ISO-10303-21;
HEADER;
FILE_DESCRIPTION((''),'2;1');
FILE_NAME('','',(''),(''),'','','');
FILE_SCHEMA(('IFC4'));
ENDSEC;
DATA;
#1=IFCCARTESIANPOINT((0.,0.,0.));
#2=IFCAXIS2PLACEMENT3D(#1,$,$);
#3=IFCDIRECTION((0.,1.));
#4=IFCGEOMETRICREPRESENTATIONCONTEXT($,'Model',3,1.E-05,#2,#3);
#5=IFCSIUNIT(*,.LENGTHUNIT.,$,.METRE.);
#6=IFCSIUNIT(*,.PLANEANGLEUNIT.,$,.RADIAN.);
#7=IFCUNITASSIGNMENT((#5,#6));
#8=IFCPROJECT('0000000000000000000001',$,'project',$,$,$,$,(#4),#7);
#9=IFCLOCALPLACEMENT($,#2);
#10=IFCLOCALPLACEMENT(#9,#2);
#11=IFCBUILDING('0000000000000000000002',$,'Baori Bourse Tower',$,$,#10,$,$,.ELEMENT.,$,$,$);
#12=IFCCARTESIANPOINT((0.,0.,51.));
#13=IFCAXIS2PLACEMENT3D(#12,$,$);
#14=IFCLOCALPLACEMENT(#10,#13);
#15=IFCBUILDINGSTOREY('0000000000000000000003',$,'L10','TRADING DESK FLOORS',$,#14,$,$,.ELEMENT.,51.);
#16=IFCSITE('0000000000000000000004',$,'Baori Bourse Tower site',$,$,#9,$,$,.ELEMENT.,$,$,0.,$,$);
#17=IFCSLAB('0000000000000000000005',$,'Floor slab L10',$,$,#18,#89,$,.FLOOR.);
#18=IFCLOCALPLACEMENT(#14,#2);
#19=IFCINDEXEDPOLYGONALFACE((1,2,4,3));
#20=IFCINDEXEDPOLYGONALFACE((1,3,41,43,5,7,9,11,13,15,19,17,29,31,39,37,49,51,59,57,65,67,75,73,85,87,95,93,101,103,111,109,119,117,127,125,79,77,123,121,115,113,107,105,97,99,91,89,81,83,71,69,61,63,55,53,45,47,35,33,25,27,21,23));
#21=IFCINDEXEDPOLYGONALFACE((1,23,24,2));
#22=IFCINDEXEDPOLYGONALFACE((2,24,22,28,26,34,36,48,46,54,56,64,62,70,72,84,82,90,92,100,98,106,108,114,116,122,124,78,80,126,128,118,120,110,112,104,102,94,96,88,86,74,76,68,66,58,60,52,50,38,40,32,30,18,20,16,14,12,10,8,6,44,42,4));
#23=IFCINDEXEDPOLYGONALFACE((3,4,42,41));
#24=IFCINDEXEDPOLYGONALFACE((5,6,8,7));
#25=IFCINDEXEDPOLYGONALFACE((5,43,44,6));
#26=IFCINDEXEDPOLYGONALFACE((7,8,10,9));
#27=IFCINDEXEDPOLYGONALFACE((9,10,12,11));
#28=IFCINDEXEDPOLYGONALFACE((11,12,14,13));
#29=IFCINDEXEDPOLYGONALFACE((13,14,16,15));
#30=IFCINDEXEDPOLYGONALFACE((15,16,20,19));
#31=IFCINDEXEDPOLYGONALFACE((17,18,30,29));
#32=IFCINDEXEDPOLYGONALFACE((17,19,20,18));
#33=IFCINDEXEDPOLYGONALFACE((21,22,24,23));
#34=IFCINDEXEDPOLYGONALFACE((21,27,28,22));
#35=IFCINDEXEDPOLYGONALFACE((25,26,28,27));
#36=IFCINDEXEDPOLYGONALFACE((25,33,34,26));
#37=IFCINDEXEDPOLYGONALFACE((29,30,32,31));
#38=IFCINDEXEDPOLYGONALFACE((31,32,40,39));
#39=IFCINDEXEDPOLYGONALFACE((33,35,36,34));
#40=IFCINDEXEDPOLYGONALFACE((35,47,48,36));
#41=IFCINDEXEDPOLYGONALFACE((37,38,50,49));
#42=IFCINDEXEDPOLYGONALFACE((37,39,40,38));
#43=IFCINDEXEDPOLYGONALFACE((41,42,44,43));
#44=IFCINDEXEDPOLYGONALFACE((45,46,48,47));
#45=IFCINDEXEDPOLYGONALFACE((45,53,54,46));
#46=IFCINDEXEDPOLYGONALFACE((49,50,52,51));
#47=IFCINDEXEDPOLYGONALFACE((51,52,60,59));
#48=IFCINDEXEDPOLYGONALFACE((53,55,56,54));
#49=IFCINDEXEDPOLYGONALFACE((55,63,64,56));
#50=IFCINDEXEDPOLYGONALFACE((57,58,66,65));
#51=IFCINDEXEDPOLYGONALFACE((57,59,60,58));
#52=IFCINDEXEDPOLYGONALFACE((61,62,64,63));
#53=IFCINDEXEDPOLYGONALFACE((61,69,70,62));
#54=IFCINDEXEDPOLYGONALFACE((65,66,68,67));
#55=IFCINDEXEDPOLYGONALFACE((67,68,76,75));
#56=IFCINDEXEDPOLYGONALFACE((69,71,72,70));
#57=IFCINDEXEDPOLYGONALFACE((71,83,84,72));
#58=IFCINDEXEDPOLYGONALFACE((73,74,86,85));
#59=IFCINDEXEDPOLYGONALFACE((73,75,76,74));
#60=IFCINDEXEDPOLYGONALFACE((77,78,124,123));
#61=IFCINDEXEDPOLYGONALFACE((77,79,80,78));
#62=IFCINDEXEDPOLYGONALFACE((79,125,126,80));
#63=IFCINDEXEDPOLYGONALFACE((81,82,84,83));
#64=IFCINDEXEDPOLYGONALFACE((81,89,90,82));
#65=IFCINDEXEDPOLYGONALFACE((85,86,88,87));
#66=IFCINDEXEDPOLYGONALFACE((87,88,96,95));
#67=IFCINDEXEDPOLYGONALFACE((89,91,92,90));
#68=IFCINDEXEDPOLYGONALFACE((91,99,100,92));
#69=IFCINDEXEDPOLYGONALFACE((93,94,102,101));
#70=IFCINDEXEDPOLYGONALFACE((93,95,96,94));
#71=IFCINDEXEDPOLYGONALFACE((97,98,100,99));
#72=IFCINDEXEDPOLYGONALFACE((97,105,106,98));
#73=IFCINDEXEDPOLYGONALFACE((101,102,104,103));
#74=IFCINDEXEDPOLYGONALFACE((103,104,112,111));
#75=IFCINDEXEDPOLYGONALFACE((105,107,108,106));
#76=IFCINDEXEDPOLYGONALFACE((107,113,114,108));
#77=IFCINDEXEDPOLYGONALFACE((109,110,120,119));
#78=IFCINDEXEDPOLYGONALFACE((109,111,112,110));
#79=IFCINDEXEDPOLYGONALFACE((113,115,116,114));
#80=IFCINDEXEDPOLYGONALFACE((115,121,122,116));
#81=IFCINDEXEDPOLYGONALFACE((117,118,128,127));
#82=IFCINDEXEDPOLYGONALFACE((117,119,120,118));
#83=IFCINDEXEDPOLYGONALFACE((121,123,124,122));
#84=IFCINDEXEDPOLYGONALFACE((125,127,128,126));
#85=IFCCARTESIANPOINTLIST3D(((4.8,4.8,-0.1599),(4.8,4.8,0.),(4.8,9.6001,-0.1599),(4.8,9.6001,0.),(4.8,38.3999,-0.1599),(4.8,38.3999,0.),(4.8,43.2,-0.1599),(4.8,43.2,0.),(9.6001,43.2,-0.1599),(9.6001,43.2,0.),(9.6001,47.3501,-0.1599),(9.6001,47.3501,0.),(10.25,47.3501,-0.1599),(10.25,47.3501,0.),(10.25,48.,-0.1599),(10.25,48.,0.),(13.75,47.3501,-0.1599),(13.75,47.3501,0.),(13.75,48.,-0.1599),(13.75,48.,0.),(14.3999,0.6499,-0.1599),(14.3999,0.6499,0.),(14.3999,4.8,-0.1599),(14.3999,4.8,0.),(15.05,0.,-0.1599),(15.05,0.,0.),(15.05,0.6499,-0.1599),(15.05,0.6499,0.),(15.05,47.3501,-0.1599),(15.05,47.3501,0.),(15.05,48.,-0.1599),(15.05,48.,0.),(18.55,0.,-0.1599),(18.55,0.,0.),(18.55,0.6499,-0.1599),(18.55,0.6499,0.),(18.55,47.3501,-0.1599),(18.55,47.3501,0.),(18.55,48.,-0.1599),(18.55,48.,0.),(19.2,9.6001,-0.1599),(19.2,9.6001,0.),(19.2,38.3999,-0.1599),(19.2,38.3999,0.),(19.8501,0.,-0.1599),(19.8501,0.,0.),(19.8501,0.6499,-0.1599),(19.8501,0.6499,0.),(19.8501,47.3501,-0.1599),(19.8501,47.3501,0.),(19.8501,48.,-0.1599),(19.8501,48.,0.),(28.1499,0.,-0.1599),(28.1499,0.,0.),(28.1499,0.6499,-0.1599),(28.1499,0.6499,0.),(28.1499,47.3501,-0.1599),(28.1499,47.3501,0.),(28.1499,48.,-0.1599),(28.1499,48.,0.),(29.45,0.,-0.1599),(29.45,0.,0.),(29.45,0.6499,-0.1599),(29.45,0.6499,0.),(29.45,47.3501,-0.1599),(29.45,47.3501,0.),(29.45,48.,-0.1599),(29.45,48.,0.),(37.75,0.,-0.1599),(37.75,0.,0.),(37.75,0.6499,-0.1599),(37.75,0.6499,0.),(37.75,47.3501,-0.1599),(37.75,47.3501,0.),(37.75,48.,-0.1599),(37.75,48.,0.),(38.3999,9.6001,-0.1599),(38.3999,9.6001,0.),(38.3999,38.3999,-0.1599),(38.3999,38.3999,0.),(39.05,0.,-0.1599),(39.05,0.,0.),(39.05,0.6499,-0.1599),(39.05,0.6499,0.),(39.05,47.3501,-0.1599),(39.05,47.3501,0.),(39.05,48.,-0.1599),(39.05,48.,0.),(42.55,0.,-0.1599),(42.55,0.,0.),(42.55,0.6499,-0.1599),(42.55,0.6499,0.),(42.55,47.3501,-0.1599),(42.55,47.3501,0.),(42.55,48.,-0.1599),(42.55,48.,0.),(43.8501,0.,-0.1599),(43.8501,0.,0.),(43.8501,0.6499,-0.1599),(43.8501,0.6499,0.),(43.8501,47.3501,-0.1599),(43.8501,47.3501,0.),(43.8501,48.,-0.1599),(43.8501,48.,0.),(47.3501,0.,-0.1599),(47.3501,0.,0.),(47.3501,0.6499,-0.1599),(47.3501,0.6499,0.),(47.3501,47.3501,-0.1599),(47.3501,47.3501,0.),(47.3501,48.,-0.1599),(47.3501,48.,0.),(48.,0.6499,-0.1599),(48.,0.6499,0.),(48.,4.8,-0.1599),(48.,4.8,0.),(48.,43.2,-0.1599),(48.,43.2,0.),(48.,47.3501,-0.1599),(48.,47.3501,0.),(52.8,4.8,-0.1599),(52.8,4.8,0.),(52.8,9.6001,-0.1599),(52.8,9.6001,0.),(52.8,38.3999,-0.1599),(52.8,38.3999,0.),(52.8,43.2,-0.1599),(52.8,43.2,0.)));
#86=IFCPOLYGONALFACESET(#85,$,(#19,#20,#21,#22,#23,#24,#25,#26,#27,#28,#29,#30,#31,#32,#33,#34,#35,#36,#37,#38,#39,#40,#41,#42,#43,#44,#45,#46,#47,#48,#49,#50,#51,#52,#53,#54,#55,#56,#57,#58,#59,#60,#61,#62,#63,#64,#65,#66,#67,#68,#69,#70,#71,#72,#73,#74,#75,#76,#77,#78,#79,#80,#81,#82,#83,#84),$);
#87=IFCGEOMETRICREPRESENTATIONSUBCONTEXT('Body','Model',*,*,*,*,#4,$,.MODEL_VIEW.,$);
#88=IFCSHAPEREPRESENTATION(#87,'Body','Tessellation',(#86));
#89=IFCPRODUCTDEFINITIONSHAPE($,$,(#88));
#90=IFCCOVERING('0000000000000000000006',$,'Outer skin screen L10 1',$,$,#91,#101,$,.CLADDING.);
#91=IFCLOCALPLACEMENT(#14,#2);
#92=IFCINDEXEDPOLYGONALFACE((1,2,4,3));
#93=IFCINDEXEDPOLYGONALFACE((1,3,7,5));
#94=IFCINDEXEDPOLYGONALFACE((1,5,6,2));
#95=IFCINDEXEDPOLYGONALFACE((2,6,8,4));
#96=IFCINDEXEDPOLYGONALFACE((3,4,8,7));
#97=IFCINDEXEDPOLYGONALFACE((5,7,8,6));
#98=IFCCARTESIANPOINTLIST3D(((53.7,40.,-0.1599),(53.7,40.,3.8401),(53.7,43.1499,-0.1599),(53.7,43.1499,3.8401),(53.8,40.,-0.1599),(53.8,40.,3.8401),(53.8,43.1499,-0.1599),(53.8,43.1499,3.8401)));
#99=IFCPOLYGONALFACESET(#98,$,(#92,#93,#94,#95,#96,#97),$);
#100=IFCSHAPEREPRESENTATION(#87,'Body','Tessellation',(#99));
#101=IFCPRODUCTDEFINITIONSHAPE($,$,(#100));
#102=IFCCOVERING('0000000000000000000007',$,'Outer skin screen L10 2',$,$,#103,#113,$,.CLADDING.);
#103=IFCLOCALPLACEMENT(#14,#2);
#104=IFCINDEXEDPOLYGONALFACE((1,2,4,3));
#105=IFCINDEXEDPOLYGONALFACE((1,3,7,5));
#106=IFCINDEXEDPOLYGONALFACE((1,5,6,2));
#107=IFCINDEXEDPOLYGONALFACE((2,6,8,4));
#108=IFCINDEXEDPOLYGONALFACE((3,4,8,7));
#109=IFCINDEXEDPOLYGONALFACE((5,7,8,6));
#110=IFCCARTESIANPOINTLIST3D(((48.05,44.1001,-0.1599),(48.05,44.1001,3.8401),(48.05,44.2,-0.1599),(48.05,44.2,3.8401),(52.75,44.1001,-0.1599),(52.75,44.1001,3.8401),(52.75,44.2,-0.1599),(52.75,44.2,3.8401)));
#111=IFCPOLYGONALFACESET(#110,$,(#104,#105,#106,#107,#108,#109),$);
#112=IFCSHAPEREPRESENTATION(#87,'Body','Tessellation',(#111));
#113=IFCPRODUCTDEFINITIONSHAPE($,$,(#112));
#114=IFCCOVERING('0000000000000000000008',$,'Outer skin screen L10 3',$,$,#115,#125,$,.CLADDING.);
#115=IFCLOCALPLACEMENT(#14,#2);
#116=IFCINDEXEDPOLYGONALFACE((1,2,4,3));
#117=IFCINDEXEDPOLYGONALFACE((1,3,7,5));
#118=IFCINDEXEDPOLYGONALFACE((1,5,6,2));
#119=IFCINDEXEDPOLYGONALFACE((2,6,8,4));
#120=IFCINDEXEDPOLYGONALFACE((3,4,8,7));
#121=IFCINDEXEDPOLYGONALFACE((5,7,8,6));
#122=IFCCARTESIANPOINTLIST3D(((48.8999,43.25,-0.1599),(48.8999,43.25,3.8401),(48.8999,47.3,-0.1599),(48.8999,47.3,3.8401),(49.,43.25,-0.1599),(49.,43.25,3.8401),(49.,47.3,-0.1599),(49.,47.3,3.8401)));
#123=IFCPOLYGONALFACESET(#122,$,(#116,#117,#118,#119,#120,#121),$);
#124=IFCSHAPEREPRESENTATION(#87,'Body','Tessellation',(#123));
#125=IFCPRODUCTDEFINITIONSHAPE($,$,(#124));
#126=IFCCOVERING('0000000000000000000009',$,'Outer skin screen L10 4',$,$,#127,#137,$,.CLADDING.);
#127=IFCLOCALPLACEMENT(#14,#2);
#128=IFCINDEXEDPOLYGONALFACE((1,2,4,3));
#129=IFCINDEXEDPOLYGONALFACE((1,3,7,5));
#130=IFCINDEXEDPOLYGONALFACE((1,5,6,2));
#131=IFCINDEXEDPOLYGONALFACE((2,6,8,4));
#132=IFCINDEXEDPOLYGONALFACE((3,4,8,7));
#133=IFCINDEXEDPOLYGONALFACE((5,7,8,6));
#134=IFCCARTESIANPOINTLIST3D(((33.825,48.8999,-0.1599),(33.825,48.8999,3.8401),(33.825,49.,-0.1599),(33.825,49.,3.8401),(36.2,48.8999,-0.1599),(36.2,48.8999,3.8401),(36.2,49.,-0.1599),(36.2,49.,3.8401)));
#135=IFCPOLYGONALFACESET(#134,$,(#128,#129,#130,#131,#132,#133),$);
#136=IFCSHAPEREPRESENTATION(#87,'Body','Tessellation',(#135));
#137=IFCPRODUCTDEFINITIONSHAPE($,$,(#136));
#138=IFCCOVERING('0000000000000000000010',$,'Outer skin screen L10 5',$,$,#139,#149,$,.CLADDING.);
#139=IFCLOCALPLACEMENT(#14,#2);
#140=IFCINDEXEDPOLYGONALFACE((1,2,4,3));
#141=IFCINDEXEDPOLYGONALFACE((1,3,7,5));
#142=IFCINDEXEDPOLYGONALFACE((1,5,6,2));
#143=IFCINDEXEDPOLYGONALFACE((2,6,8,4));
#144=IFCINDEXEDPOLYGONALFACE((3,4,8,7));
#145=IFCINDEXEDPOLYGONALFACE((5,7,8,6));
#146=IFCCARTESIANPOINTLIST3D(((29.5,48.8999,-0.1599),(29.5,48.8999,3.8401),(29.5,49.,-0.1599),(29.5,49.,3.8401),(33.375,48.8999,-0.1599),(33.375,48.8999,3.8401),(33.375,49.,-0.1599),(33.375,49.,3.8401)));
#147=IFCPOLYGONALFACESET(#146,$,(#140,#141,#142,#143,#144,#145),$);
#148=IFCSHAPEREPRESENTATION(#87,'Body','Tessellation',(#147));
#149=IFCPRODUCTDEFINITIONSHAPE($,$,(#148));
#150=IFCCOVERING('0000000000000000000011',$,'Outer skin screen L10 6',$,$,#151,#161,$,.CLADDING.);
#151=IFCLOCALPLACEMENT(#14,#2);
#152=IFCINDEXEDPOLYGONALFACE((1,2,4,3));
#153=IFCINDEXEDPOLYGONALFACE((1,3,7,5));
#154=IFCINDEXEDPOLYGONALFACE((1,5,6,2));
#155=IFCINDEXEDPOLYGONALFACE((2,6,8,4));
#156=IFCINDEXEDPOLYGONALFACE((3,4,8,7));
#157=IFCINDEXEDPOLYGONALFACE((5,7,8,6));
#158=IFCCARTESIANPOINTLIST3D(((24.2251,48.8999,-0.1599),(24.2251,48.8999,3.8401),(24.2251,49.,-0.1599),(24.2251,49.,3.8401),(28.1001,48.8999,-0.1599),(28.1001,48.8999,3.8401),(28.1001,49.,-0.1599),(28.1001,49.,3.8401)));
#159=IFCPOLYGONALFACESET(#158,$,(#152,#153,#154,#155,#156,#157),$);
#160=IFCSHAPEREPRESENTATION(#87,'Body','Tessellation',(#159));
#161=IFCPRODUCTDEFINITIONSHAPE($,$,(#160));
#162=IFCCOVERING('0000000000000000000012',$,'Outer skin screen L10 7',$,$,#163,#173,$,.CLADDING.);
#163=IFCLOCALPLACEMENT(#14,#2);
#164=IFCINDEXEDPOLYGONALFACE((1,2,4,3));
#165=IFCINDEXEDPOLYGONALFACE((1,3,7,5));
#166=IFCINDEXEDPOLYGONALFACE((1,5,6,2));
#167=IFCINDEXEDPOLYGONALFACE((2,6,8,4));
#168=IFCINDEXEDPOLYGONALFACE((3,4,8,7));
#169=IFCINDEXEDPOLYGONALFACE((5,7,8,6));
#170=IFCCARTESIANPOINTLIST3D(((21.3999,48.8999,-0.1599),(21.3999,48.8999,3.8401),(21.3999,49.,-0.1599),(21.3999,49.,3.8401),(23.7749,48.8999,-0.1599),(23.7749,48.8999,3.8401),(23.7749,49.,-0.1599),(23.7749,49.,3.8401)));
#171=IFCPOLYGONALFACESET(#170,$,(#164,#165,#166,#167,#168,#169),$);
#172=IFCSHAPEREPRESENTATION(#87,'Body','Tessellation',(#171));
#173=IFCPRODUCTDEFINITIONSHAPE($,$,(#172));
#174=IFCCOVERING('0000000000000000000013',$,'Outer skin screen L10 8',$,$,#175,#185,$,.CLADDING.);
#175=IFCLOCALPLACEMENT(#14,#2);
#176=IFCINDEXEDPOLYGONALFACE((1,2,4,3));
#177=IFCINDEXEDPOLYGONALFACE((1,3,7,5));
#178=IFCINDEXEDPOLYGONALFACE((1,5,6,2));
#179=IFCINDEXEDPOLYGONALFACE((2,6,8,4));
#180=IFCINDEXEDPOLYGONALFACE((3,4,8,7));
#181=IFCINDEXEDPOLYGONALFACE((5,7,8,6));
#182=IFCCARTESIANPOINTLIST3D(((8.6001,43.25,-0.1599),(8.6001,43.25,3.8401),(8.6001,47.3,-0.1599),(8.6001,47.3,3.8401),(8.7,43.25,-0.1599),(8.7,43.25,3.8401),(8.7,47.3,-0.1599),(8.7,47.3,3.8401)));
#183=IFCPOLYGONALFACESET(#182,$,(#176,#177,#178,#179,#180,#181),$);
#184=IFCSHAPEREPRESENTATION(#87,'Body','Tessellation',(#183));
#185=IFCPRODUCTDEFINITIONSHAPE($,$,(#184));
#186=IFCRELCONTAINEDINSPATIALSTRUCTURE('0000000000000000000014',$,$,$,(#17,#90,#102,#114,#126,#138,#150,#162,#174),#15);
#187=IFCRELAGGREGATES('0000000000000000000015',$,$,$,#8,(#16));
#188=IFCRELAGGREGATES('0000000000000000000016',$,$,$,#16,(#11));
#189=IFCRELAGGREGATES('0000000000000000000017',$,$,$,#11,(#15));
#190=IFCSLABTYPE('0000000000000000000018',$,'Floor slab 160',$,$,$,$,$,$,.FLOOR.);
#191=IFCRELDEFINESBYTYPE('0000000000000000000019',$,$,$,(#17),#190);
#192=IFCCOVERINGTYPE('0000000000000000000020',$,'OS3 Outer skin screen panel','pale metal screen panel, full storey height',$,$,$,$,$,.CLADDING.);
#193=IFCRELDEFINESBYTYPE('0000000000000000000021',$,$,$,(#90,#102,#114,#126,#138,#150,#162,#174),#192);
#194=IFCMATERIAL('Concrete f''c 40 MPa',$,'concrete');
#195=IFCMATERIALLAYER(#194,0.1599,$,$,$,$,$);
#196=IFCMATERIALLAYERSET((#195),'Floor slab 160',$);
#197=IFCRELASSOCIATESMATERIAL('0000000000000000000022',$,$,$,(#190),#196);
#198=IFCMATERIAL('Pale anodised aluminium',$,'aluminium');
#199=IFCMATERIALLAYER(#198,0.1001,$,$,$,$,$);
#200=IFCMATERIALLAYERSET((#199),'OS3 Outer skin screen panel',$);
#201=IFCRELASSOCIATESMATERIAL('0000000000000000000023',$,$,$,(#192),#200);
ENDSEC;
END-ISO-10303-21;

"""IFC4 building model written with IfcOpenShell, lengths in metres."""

from ifc_helpers import new_model, si_unit, direction, frame, origin, place, context, subcontext, project, spatial, polyline, outline, extrude, material, layer, layer_set, type_object, element, save


model = new_model("IFC4")

# Units and contexts
model_context = context("Model", 3, precision=1e-05, world=origin(), true_north=direction((0.0, 1.0)))
body_context = subcontext(model_context, "Body", "Model", "MODEL_VIEW")
ifc_project = project(units=[si_unit("LENGTHUNIT", "METRE"), si_unit("PLANEANGLEUNIT", "RADIAN")], contexts=[model_context])

# Site, building, storey
site_placement = place(None, origin())
site = spatial("IfcSite", under=ifc_project, at=site_placement, Name="Baori Bourse Tower site", CompositionType="ELEMENT", RefElevation=0.0)
building_placement = place(site_placement, origin())
building = spatial("IfcBuilding", under=site, at=building_placement, Name="Baori Bourse Tower", CompositionType="ELEMENT")
storey_placement = place(building_placement, frame((0.0, 0.0, 51.0)))
storey = spatial("IfcBuildingStorey", under=building, at=storey_placement, Name="L10", Description="TRADING DESK FLOORS", CompositionType="ELEMENT", Elevation=51.0)

# Slab
ifc_material_1 = material(Name="Concrete f'c 40 MPa", Category="concrete")
ifc_layer_1 = layer(ifc_material_1, 0.1599)
ifc_layer_set_1 = layer_set([ifc_layer_1], Name="Floor slab 160")
slab_type_1 = type_object("IfcSlabType", Name="Floor slab 160", PredefinedType="FLOOR", material=ifc_layer_set_1)
slab_1_placement = place(storey_placement, frame((0.0, 0.0, -0.1599)))
element("IfcSlab", 1, at=slab_1_placement, inside=storey, type_object=slab_type_1, Name="Floor slab L10", PredefinedType="FLOOR", context=body_context, shape_type="SweptSolid", body=[
    extrude(outline(polyline([(14.3999, 4.8), (4.8, 4.8), (4.8, 9.6001), (19.2, 9.6001), (19.2, 38.3999), (4.8, 38.3999), (4.8, 43.2), (9.6001, 43.2), (9.6001, 47.3501), (10.25, 47.3501), (10.25, 48.0), (13.75, 48.0), (13.75, 47.3501), (15.05, 47.3501), (15.05, 48.0), (18.55, 48.0), (18.55, 47.3501), (19.8501, 47.3501), (19.8501, 48.0), (28.1499, 48.0), (28.1499, 47.3501), (29.45, 47.3501), (29.45, 48.0), (37.75, 48.0), (37.75, 47.3501), (39.05, 47.3501), (39.05, 48.0), (42.55, 48.0), (42.55, 47.3501), (43.8501, 47.3501), (43.8501, 48.0), (47.3501, 48.0), (47.3501, 47.3501), (48.0, 47.3501), (48.0, 43.2), (52.8, 43.2), (52.8, 38.3999), (38.3999, 38.3999), (38.3999, 9.6001), (52.8, 9.6001), (52.8, 4.8), (48.0, 4.8), (48.0, 0.6499), (47.3501, 0.6499), (47.3501, 0.0), (43.8501, 0.0), (43.8501, 0.6499), (42.55, 0.6499), (42.55, 0.0), (39.05, 0.0), (39.05, 0.6499), (37.75, 0.6499), (37.75, 0.0), (29.45, 0.0), (29.45, 0.6499), (28.1499, 0.6499), (28.1499, 0.0), (19.8501, 0.0), (19.8501, 0.6499), (18.55, 0.6499), (18.55, 0.0), (15.05, 0.0), (15.05, 0.6499), (14.3999, 0.6499), (14.3999, 4.8)])), origin(), (0.0, 0.0, 1.0), 0.1599),
])

# Coverings
ifc_material_2 = material(Name="Pale anodised aluminium", Category="aluminium")
ifc_layer_2 = layer(ifc_material_2, 0.1001)
ifc_layer_set_2 = layer_set([ifc_layer_2], Name="OS3 Outer skin screen panel")
covering_type = type_object("IfcCoveringType", Name="OS3 Outer skin screen panel", Description="pale metal screen panel, full storey height", PredefinedType="CLADDING", material=ifc_layer_set_2)
covering_1_placement = place(storey_placement, frame((0.0, 0.0, -0.1599)))
element("IfcCovering", 2, at=covering_1_placement, inside=storey, type_object=covering_type, Name="Outer skin screen L10 1", PredefinedType="CLADDING", context=body_context, shape_type="SweptSolid", body=[
    extrude(outline(polyline([(53.7, 43.1499), (53.7, 40.0), (53.8, 40.0), (53.8, 43.1499), (53.7, 43.1499)])), origin(), (0.0, 0.0, 1.0), 4.0),
])
covering_2_placement = place(storey_placement, frame((0.0, 0.0, -0.1599)))
element("IfcCovering", 3, at=covering_2_placement, inside=storey, type_object=covering_type, Name="Outer skin screen L10 2", PredefinedType="CLADDING", context=body_context, shape_type="SweptSolid", body=[
    extrude(outline(polyline([(48.05, 44.1001), (52.75, 44.1001), (52.75, 44.2), (48.05, 44.2), (48.05, 44.1001)])), origin(), (0.0, 0.0, 1.0), 4.0),
])
covering_3_placement = place(storey_placement, frame((0.0, 0.0, -0.1599)))
element("IfcCovering", 4, at=covering_3_placement, inside=storey, type_object=covering_type, Name="Outer skin screen L10 3", PredefinedType="CLADDING", context=body_context, shape_type="SweptSolid", body=[
    extrude(outline(polyline([(48.8999, 47.3), (48.8999, 43.25), (49.0, 43.25), (49.0, 47.3), (48.8999, 47.3)])), origin(), (0.0, 0.0, 1.0), 4.0),
])
covering_4_placement = place(storey_placement, frame((0.0, 0.0, -0.1599)))
element("IfcCovering", 5, at=covering_4_placement, inside=storey, type_object=covering_type, Name="Outer skin screen L10 4", PredefinedType="CLADDING", context=body_context, shape_type="SweptSolid", body=[
    extrude(outline(polyline([(33.825, 48.8999), (36.2, 48.8999), (36.2, 49.0), (33.825, 49.0), (33.825, 48.8999)])), origin(), (0.0, 0.0, 1.0), 4.0),
])
covering_5_placement = place(storey_placement, frame((0.0, 0.0, -0.1599)))
element("IfcCovering", 6, at=covering_5_placement, inside=storey, type_object=covering_type, Name="Outer skin screen L10 5", PredefinedType="CLADDING", context=body_context, shape_type="SweptSolid", body=[
    extrude(outline(polyline([(29.5, 48.8999), (33.375, 48.8999), (33.375, 49.0), (29.5, 49.0), (29.5, 48.8999)])), origin(), (0.0, 0.0, 1.0), 4.0),
])
covering_6_placement = place(storey_placement, frame((0.0, 0.0, -0.1599)))
element("IfcCovering", 7, at=covering_6_placement, inside=storey, type_object=covering_type, Name="Outer skin screen L10 6", PredefinedType="CLADDING", context=body_context, shape_type="SweptSolid", body=[
    extrude(outline(polyline([(24.2251, 48.8999), (28.1001, 48.8999), (28.1001, 49.0), (24.2251, 49.0), (24.2251, 48.8999)])), origin(), (0.0, 0.0, 1.0), 4.0),
])
covering_7_placement = place(storey_placement, frame((0.0, 0.0, -0.1599)))
element("IfcCovering", 8, at=covering_7_placement, inside=storey, type_object=covering_type, Name="Outer skin screen L10 7", PredefinedType="CLADDING", context=body_context, shape_type="SweptSolid", body=[
    extrude(outline(polyline([(21.3999, 48.8999), (23.7749, 48.8999), (23.7749, 49.0), (21.3999, 49.0), (21.3999, 48.8999)])), origin(), (0.0, 0.0, 1.0), 4.0),
])
covering_8_placement = place(storey_placement, frame((0.0, 0.0, -0.1599)))
element("IfcCovering", 9, at=covering_8_placement, inside=storey, type_object=covering_type, Name="Outer skin screen L10 8", PredefinedType="CLADDING", context=body_context, shape_type="SweptSolid", body=[
    extrude(outline(polyline([(8.7, 43.25), (8.7, 47.3), (8.6001, 47.3), (8.6001, 43.25), (8.7, 43.25)])), origin(), (0.0, 0.0, 1.0), 4.0),
])

save(model, "model.ifc")
